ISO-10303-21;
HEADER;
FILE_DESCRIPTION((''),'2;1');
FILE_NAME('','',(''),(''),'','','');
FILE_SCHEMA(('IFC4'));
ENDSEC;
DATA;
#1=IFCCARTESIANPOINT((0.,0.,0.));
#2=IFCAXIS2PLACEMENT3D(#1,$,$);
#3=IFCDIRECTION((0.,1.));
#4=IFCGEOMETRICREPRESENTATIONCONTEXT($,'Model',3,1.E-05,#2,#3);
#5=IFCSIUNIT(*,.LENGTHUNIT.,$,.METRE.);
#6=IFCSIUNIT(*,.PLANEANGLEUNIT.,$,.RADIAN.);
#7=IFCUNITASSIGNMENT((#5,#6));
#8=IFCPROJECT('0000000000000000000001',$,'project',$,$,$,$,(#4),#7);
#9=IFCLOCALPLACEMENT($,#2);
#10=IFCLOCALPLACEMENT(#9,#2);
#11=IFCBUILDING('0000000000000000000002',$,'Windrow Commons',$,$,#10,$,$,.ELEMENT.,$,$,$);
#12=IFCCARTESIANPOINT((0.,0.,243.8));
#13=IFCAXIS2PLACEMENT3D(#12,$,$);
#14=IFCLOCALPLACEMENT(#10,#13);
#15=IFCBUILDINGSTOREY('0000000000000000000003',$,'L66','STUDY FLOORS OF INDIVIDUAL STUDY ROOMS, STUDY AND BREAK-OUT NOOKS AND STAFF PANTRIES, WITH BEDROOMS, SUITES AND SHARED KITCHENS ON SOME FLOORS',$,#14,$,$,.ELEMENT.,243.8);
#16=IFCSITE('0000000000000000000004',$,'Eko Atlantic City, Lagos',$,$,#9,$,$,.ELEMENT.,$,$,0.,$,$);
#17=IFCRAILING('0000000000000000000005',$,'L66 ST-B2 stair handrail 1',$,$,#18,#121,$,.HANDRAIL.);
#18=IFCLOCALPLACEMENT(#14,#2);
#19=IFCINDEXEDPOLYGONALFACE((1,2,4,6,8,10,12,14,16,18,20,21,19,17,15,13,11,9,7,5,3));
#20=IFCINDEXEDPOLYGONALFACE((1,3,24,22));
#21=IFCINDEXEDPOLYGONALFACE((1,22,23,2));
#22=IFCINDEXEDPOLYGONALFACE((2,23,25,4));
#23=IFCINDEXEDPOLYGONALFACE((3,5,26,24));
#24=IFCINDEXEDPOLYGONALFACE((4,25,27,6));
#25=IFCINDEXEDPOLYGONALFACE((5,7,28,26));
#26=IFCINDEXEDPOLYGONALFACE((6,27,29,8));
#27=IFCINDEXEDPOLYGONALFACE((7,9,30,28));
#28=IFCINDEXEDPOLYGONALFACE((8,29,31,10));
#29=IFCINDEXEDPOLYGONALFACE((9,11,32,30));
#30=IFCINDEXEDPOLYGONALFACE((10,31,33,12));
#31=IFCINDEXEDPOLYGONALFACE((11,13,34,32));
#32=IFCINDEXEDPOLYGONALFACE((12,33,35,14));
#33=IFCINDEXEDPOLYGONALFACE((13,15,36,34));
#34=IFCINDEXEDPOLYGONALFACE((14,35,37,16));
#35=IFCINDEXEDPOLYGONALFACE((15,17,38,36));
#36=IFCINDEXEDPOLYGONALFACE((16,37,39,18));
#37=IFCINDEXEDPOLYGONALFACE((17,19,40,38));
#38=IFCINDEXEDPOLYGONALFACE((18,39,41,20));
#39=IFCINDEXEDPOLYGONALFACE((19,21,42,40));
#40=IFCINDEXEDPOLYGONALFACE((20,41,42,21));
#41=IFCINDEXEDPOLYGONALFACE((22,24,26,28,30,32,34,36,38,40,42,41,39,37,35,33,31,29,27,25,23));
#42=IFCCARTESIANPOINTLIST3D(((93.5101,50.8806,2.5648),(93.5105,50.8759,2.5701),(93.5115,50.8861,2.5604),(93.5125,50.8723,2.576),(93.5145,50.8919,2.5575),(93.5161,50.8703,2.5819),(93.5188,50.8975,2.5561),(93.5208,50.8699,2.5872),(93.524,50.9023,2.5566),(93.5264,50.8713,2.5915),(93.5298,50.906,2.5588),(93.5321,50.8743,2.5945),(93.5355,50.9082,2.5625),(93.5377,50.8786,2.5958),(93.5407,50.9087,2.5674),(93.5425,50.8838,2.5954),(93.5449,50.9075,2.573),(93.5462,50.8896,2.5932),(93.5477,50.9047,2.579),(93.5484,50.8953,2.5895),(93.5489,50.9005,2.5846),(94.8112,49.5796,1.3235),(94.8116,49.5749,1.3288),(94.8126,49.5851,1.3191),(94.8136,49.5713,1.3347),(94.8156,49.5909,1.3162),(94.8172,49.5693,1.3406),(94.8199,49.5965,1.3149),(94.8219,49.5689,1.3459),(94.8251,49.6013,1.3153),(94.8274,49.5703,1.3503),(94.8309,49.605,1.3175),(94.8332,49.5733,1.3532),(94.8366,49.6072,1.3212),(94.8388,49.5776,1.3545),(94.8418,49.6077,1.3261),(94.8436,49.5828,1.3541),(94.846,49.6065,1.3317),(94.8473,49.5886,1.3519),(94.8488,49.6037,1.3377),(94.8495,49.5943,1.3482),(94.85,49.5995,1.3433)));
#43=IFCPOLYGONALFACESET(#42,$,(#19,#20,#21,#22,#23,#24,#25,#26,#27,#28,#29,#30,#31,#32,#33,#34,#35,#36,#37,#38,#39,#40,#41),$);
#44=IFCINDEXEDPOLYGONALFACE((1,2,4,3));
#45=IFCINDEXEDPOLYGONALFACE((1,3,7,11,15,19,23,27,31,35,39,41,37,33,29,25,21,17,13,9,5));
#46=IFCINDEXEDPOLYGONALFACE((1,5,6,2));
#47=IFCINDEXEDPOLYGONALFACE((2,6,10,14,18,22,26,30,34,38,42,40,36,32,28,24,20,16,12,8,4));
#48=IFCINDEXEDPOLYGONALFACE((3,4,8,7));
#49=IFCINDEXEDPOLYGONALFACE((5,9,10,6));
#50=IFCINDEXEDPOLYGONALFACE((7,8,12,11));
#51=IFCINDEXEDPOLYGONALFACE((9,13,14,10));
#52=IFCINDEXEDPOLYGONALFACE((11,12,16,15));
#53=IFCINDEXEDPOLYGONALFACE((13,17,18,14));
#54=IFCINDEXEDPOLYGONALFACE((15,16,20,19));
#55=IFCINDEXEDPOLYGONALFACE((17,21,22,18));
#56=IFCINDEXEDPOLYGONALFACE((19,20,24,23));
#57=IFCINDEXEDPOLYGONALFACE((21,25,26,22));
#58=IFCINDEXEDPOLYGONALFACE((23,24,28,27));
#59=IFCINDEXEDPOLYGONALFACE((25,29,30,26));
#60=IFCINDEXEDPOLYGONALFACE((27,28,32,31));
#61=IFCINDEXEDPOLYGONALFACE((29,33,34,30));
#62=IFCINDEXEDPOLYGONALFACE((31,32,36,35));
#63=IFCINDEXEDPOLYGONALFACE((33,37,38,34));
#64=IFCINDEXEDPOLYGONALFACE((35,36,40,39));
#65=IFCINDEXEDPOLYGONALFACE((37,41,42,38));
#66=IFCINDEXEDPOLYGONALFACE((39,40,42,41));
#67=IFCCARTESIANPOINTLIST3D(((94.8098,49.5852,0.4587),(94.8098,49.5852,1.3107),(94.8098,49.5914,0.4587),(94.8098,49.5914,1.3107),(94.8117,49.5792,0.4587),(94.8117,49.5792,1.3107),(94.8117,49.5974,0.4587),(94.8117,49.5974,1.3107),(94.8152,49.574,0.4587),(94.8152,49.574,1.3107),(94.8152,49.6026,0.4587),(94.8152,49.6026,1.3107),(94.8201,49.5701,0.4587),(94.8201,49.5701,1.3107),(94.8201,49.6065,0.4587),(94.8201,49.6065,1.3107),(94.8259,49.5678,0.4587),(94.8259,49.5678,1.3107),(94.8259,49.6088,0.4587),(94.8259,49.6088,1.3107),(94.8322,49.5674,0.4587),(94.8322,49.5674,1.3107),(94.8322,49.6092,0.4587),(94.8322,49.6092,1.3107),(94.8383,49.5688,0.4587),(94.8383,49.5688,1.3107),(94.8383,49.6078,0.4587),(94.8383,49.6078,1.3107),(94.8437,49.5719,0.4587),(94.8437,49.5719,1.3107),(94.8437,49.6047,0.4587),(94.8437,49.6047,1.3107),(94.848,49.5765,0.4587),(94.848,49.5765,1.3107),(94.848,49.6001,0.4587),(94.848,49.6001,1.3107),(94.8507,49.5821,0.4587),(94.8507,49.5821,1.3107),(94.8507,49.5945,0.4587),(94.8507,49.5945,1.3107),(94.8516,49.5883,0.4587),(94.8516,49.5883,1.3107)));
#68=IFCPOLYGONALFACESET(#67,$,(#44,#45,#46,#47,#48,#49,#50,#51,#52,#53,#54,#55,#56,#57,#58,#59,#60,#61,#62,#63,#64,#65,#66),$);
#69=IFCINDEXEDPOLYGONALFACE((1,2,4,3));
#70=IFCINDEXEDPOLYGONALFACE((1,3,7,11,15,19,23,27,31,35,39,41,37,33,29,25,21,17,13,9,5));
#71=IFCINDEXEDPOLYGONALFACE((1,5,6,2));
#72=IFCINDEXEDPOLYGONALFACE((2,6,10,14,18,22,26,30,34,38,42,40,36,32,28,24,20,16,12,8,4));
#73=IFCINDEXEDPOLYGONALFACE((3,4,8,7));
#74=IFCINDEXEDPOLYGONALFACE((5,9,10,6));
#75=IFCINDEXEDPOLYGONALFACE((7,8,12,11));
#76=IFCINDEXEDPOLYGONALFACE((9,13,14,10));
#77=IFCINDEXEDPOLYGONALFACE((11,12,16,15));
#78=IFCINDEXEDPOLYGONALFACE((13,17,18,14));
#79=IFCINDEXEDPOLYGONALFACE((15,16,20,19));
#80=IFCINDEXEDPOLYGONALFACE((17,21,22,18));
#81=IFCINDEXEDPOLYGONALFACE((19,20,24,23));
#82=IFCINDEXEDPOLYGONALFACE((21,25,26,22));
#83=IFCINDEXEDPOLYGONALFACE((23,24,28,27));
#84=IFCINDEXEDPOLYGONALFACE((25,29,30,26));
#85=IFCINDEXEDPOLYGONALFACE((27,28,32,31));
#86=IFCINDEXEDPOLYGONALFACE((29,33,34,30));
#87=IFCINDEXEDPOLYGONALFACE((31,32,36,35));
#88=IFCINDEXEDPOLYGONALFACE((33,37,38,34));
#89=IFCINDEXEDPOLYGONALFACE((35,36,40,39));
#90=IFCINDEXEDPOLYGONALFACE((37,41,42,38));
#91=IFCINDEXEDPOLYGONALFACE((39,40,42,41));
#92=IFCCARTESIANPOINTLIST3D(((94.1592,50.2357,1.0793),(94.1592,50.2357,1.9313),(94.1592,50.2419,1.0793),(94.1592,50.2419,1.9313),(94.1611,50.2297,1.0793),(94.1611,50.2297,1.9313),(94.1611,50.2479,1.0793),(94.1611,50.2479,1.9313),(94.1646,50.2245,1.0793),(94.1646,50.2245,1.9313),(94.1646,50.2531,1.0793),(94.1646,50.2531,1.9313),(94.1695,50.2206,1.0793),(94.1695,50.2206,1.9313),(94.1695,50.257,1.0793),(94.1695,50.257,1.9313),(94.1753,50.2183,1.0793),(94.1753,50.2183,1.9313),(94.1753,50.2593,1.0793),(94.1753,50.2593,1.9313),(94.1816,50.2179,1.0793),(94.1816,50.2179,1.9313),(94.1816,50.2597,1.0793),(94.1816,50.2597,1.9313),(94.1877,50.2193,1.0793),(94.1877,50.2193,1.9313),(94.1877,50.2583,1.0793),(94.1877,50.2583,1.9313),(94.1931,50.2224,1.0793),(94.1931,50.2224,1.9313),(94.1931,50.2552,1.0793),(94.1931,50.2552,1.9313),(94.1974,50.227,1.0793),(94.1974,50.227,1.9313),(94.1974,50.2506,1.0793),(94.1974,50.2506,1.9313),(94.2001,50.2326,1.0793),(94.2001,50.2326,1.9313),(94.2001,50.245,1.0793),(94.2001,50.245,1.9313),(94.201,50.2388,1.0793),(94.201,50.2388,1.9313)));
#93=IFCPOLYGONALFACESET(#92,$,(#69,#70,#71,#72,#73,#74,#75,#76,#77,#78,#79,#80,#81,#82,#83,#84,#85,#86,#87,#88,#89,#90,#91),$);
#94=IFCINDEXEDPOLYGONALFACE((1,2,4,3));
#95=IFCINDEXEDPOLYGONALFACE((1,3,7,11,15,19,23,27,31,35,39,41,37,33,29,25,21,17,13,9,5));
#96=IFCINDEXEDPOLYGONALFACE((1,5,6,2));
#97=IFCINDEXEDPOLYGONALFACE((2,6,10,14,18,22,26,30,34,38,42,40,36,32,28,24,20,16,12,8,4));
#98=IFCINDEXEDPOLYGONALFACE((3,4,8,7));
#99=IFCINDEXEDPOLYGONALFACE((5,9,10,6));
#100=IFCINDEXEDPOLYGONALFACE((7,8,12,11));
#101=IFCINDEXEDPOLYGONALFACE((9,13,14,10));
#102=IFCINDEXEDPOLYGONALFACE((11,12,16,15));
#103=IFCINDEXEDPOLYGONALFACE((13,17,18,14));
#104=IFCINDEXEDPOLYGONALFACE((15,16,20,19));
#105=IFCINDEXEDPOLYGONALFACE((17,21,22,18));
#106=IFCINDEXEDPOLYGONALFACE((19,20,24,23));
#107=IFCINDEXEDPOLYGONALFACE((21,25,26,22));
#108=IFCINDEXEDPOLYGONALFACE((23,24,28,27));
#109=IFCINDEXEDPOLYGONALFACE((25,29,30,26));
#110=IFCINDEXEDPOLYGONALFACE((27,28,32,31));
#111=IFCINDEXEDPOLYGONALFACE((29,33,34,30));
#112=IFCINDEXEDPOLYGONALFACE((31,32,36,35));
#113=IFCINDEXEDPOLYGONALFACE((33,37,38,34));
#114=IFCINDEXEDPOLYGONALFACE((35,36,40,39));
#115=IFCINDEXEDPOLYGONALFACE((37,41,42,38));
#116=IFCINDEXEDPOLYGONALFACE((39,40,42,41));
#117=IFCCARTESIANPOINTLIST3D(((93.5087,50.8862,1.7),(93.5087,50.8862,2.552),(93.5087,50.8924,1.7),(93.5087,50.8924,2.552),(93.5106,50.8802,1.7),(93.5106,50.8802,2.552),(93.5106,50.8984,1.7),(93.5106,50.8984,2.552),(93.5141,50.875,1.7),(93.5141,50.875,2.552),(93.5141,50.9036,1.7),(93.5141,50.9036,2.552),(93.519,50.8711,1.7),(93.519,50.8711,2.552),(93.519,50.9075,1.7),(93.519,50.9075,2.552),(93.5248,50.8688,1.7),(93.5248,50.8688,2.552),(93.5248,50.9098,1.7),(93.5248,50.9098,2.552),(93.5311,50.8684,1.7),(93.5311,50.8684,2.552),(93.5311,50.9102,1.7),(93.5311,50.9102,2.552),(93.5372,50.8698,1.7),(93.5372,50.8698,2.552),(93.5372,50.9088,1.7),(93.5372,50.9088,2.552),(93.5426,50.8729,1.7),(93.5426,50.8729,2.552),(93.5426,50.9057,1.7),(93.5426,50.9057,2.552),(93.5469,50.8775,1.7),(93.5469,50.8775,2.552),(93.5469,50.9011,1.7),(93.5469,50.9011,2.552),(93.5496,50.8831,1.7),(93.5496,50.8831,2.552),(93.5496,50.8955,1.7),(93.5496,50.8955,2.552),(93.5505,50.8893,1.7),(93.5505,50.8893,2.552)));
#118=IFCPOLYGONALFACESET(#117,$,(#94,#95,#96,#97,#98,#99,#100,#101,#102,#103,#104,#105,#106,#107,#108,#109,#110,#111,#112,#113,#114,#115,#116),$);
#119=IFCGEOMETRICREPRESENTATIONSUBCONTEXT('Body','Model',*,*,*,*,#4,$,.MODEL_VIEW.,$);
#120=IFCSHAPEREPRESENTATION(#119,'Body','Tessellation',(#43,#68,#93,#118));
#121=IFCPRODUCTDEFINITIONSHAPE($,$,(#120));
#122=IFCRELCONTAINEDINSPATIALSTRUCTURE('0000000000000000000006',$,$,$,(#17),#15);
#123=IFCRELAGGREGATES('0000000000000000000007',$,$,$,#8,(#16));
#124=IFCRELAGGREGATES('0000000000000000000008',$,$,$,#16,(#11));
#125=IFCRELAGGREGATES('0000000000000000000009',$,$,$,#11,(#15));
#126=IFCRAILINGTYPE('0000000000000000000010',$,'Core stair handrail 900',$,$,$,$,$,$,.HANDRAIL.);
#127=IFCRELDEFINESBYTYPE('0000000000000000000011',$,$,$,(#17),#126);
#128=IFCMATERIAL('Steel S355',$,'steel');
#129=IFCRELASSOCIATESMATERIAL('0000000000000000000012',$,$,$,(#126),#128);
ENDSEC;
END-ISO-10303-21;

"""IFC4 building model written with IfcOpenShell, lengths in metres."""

from ifc_helpers import new_model, si_unit, direction, frame, origin, origin_2d, place, context, subcontext, project, spatial, circle, extrude, material, type_object, element, save


model = new_model("IFC4")

# Units and contexts
model_context = context("Model", 3, precision=1e-05, world=origin(), true_north=direction((0.0, 1.0)))
body_context = subcontext(model_context, "Body", "Model", "MODEL_VIEW")
ifc_project = project(units=[si_unit("LENGTHUNIT", "METRE"), si_unit("PLANEANGLEUNIT", "RADIAN")], contexts=[model_context])

# Site, building, storey
site_placement = place(None, origin())
site = spatial("IfcSite", under=ifc_project, at=site_placement, Name="Eko Atlantic City, Lagos", CompositionType="ELEMENT", RefElevation=0.0)
building_placement = place(site_placement, origin())
building = spatial("IfcBuilding", under=site, at=building_placement, Name="Windrow Commons", CompositionType="ELEMENT")
storey_placement = place(building_placement, frame((0.0, 0.0, 243.8)))
storey = spatial("IfcBuildingStorey", under=building, at=storey_placement, Name="L66", Description="STUDY FLOORS OF INDIVIDUAL STUDY ROOMS, STUDY AND BREAK-OUT NOOKS AND STAFF PANTRIES, WITH BEDROOMS, SUITES AND SHARED KITCHENS ON SOME FLOORS", CompositionType="ELEMENT", Elevation=243.8)

# Railing
ifc_material_1 = material(Name="Steel S355", Category="steel")
railing_type_1 = type_object("IfcRailingType", Name="Core stair handrail 900", PredefinedType="HANDRAIL", material=ifc_material_1)
railing_1_placement = place(storey_placement, frame((94.8306, 49.5883, 0.4587)))
element("IfcRailing", 1, at=railing_1_placement, inside=storey, type_object=railing_type_1, Name="L66 ST-B2 stair handrail 1", PredefinedType="HANDRAIL", context=body_context, shape_type="SweptSolid", body=[
    extrude(circle(Radius=0.024, at=origin_2d()), frame((0.0, 0.0, 0.876), z_axis=(-0.586207, 0.586162, 0.559264), x_axis=(-0.70708, -0.707134, 0.0)), (0.0, 0.0, 1.0), 2.2195),
    extrude(circle(Radius=0.021, at=origin_2d()), origin(), (0.0, 0.0, 1.0), 0.852),
    extrude(circle(Radius=0.021, at=origin_2d()), frame((-0.6506, 0.6505, 0.6206)), (0.0, 0.0, 1.0), 0.852),
    extrude(circle(Radius=0.021, at=origin_2d()), frame((-1.3011, 1.301, 1.2413)), (0.0, 0.0, 1.0), 0.852),
])

save(model, "model.ifc")
